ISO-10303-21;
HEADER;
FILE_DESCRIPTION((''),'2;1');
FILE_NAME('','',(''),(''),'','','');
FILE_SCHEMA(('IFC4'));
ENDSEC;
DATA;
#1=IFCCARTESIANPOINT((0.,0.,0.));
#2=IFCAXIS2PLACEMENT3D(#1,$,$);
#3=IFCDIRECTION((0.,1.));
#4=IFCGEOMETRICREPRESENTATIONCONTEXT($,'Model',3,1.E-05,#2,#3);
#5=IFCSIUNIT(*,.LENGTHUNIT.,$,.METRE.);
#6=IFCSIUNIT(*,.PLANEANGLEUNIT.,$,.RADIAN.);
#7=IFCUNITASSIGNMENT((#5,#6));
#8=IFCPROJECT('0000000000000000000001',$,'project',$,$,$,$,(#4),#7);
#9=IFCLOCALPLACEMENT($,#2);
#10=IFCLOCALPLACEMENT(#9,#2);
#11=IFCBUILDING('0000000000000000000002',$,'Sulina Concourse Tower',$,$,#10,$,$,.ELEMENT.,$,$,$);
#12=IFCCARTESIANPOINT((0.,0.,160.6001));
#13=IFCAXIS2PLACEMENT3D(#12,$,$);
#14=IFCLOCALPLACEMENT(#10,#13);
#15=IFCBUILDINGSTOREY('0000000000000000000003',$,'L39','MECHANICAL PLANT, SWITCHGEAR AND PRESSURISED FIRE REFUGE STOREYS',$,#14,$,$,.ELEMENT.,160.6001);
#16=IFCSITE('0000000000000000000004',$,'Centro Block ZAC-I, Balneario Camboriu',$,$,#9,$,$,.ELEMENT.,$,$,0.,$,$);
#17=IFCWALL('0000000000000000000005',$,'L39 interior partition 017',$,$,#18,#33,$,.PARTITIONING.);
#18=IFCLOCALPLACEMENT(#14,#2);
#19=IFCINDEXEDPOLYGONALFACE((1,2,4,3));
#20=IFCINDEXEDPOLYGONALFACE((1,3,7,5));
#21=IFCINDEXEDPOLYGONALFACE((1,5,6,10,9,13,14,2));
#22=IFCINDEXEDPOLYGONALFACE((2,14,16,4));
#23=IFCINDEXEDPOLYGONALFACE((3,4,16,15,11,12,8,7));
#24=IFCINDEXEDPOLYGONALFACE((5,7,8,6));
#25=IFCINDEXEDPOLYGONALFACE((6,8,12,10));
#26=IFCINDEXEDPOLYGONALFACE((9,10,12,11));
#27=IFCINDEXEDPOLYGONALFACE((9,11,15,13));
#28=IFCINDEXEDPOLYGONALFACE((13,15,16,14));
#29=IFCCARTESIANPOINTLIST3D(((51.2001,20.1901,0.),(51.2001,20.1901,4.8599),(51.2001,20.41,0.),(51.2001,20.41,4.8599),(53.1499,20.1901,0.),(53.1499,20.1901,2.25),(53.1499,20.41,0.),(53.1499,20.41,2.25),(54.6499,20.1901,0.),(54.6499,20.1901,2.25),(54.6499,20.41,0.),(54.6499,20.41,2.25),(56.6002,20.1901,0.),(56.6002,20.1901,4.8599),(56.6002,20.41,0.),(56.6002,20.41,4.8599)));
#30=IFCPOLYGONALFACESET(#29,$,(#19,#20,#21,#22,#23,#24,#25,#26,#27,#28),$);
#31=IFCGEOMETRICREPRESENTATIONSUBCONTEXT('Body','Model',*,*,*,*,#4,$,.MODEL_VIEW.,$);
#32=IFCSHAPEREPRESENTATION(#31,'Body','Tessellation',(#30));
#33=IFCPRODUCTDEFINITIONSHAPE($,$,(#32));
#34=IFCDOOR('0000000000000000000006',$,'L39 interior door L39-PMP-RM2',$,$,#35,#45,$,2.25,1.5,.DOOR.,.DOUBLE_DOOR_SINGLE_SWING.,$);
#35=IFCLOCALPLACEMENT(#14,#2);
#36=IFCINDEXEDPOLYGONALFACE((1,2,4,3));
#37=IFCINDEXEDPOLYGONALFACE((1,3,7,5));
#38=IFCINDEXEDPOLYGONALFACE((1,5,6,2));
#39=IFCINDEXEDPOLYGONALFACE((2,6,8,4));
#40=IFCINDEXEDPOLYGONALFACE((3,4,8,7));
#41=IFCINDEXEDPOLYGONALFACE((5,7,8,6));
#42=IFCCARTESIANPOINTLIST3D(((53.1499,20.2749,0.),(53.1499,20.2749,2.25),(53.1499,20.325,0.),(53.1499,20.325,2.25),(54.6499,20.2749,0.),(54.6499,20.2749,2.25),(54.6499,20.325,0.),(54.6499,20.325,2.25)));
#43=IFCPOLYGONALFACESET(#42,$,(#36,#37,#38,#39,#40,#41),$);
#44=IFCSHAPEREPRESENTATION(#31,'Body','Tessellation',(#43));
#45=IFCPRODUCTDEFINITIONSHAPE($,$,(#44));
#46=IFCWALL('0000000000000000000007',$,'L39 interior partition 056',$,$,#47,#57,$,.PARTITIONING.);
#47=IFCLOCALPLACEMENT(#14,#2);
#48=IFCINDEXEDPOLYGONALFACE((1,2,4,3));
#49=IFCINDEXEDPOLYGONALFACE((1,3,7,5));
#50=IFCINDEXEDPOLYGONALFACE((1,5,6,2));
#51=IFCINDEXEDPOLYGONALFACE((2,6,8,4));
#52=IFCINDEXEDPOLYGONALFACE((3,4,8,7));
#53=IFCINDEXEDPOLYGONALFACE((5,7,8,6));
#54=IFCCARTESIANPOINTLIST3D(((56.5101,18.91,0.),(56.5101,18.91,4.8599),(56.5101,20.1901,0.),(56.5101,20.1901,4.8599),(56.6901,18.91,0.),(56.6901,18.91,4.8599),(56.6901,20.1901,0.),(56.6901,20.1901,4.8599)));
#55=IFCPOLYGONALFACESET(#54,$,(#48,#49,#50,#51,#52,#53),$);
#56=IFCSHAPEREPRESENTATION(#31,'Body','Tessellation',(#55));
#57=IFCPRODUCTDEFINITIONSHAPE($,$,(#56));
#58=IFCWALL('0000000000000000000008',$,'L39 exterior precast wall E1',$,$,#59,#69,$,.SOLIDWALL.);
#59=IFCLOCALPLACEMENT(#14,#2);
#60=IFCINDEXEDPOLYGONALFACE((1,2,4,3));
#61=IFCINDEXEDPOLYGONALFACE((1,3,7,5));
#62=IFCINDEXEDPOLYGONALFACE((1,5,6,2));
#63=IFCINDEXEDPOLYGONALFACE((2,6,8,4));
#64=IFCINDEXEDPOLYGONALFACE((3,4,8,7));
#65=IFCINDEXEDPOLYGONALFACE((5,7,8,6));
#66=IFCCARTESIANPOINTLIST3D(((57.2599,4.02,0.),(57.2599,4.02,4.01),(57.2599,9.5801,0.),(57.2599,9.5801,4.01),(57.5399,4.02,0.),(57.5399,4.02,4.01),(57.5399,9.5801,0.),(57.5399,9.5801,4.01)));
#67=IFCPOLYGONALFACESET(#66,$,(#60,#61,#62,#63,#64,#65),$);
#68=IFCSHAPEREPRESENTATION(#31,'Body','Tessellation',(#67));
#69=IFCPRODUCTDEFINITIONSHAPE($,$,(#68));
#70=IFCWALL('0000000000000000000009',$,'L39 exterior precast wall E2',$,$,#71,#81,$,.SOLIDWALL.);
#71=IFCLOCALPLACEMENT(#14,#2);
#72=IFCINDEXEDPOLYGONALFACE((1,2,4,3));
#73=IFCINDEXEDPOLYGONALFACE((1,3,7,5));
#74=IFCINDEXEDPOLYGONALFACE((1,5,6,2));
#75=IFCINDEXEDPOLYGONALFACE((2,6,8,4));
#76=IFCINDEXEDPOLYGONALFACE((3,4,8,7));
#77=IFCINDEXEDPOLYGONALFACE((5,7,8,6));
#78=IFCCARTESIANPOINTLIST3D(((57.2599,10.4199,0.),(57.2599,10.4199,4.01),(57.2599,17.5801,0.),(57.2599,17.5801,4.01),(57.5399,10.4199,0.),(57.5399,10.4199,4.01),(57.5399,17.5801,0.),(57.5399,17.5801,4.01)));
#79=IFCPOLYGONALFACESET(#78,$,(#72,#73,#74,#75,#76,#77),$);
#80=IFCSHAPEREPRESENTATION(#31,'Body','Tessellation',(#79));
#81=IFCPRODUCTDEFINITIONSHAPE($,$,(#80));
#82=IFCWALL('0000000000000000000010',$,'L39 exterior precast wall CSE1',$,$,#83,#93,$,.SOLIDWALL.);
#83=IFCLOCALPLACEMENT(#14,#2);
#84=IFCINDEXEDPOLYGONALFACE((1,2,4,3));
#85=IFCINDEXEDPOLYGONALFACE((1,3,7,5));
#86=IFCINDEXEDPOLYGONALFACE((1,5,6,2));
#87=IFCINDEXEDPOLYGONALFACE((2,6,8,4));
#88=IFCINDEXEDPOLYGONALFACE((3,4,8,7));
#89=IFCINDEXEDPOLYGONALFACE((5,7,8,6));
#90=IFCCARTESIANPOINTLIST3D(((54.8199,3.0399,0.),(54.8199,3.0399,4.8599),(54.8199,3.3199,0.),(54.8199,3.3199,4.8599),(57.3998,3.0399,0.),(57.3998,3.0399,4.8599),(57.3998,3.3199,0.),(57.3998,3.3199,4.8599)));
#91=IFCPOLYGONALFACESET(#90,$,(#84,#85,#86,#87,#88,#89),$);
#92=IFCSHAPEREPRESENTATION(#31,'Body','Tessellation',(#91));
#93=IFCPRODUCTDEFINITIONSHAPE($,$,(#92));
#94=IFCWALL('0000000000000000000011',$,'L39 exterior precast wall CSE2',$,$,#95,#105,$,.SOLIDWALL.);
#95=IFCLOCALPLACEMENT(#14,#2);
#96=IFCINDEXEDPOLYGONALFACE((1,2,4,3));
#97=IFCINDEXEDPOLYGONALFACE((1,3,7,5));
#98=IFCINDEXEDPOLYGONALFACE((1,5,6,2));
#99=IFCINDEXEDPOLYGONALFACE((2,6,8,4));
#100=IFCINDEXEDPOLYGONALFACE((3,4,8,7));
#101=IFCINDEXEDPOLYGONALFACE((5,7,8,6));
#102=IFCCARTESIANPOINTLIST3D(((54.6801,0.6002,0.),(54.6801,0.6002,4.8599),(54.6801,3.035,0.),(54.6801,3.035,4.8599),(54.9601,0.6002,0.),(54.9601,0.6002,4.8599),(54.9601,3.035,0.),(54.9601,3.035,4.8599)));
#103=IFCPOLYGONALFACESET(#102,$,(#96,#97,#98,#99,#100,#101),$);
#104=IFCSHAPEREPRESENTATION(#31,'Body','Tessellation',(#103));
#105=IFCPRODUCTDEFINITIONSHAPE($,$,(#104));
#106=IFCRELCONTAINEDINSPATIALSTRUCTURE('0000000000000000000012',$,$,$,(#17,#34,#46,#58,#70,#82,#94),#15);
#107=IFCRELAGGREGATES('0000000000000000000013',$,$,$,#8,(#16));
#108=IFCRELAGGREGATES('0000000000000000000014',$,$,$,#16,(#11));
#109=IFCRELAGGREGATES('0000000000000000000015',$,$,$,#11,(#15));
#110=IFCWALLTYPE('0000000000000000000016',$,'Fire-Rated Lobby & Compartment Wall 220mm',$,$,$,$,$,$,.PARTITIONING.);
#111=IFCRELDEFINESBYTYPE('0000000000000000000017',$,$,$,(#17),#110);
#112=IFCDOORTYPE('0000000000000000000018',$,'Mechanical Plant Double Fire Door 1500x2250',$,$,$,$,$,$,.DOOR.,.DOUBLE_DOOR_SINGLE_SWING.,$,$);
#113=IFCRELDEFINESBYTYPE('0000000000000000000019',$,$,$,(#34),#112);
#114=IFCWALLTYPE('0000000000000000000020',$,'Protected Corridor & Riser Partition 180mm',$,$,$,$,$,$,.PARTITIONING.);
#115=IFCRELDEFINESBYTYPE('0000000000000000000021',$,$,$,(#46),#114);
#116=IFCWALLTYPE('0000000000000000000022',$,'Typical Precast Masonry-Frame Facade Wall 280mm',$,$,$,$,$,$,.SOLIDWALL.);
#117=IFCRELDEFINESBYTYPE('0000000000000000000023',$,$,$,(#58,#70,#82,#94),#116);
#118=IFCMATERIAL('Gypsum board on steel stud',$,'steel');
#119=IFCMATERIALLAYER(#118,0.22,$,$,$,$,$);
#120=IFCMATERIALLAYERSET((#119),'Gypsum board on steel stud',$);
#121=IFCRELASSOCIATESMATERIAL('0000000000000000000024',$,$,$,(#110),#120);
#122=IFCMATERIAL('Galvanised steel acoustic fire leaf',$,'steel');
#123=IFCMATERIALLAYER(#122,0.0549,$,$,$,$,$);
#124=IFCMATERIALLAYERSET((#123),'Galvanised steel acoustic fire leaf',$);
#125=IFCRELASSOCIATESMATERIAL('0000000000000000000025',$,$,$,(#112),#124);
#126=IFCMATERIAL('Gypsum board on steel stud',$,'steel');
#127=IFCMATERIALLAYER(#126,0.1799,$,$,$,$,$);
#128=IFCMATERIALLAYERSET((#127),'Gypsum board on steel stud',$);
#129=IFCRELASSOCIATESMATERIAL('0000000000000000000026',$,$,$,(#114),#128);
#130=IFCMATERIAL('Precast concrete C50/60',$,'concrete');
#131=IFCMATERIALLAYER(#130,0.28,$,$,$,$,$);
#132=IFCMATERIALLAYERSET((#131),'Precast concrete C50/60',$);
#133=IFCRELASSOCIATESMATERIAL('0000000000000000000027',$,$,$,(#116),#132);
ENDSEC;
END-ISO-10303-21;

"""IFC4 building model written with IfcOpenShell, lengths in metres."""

from ifc_helpers import new_model, si_unit, direction, frame, frame_2d, origin, place, context, subcontext, project, spatial, rectangle, extrude, material, layer, layer_set, type_object, element, fill, save


model = new_model("IFC4")

# Units and contexts
model_context = context("Model", 3, precision=1e-05, world=origin(), true_north=direction((0.0, 1.0)))
body_context = subcontext(model_context, "Body", "Model", "MODEL_VIEW")
ifc_project = project(units=[si_unit("LENGTHUNIT", "METRE"), si_unit("PLANEANGLEUNIT", "RADIAN")], contexts=[model_context])

# Site, building, storey
site_placement = place(None, origin())
site = spatial("IfcSite", under=ifc_project, at=site_placement, Name="Centro Block ZAC-I, Balneario Camboriu", CompositionType="ELEMENT", RefElevation=0.0)
building_placement = place(site_placement, origin())
building = spatial("IfcBuilding", under=site, at=building_placement, Name="Sulina Concourse Tower", CompositionType="ELEMENT")
storey_placement = place(building_placement, frame((0.0, 0.0, 160.6001)))
storey = spatial("IfcBuildingStorey", under=building, at=storey_placement, Name="L39", Description="MECHANICAL PLANT, SWITCHGEAR AND PRESSURISED FIRE REFUGE STOREYS", CompositionType="ELEMENT", Elevation=160.6001)

# Wall, opening, door
ifc_material_1 = material(Name="Gypsum board on steel stud", Category="steel")
ifc_layer_1 = layer(ifc_material_1, 0.22)
ifc_layer_set_1 = layer_set([ifc_layer_1], Name="Gypsum board on steel stud")
wall_type_1 = type_object("IfcWallType", Name="Fire-Rated Lobby & Compartment Wall 220mm", PredefinedType="PARTITIONING", material=ifc_layer_set_1)
ifc_material_2 = material(Name="Galvanised steel acoustic fire leaf", Category="steel")
ifc_layer_2 = layer(ifc_material_2, 0.0549)
ifc_layer_set_2 = layer_set([ifc_layer_2], Name="Galvanised steel acoustic fire leaf")
door_type = type_object("IfcDoorType", Name="Mechanical Plant Double Fire Door 1500x2250", OperationType="DOUBLE_DOOR_SINGLE_SWING", PredefinedType="DOOR", material=ifc_layer_set_2)
wall_1_placement = place(storey_placement, frame((51.2, 20.3, 0.0), z_axis=(0.0, 0.0, 1.0), x_axis=(1.0, 0.0, 0.0)))
wall_1 = element("IfcWall", 1, at=wall_1_placement, inside=storey, type_object=wall_type_1, Name="L39 interior partition 017", PredefinedType="PARTITIONING", context=body_context, shape_type="SweptSolid", body=[
    extrude(rectangle(XDim=5.4001, YDim=0.22, at=frame_2d((2.7002, 0.0))), origin(), (0.0, 0.0, 1.0), 4.8599),
])
opening_1_placement = place(wall_1_placement, frame((1.95, 0.0, 0.0)))
opening_1 = element("IfcOpeningElement", 2, at=opening_1_placement, cuts=wall_1, PredefinedType="OPENING", context=body_context, shape_type="SweptSolid", body=[
    extrude(rectangle(XDim=1.5, YDim=2.25, at=frame_2d((0.75, 1.125))), frame((0.0, 0.1199, 0.0), z_axis=(0.0, -1.0, 0.0), x_axis=(1.0, 0.0, 0.0)), (0.0, 0.0, 1.0), 0.24),
])
door_1_placement = place(opening_1_placement, origin())
door_1 = element("IfcDoor", 3, at=door_1_placement, inside=storey, type_object=door_type, Name="L39 interior door L39-PMP-RM2", OperationType="DOUBLE_DOOR_SINGLE_SWING", OverallHeight=2.25, OverallWidth=1.5, PredefinedType="DOOR", context=body_context, shape_type="SweptSolid", body=[
    extrude(rectangle(XDim=1.5, YDim=2.25, at=frame_2d((0.75, 1.125))), frame((0.0, 0.0249, 0.0), z_axis=(0.0, -1.0, 0.0), x_axis=(1.0, 0.0, 0.0)), (0.0, 0.0, 1.0), 0.05),
])
fill(opening_1, door_1)

# Walls
ifc_material_3 = material(Name="Gypsum board on steel stud", Category="steel")
ifc_layer_3 = layer(ifc_material_3, 0.1799)
ifc_layer_set_3 = layer_set([ifc_layer_3], Name="Gypsum board on steel stud")
wall_type_2 = type_object("IfcWallType", Name="Protected Corridor & Riser Partition 180mm", PredefinedType="PARTITIONING", material=ifc_layer_set_3)
wall_2_placement = place(storey_placement, frame((56.6001, 18.9099, 0.0), z_axis=(0.0, 0.0, 1.0), x_axis=(0.0, 1.0, 0.0)))
element("IfcWall", 4, at=wall_2_placement, inside=storey, type_object=wall_type_2, Name="L39 interior partition 056", PredefinedType="PARTITIONING", context=body_context, shape_type="SweptSolid", body=[
    extrude(rectangle(XDim=1.28, YDim=0.1799, at=frame_2d((0.6401, 0.0))), origin(), (0.0, 0.0, 1.0), 4.8599),
])
ifc_material_4 = material(Name="Precast concrete C50/60", Category="concrete")
ifc_layer_4 = layer(ifc_material_4, 0.28)
ifc_layer_set_4 = layer_set([ifc_layer_4], Name="Precast concrete C50/60")
wall_type_3 = type_object("IfcWallType", Name="Typical Precast Masonry-Frame Facade Wall 280mm", PredefinedType="SOLIDWALL", material=ifc_layer_set_4)
wall_3_placement = place(storey_placement, frame((57.3999, 9.5801, 0.0), z_axis=(0.0, 0.0, 1.0), x_axis=(0.0, -1.0, 0.0)))
element("IfcWall", 5, at=wall_3_placement, inside=storey, type_object=wall_type_3, Name="L39 exterior precast wall E1", PredefinedType="SOLIDWALL", context=body_context, shape_type="SweptSolid", body=[
    extrude(rectangle(XDim=5.5601, YDim=0.28, at=frame_2d((2.78, 0.0))), origin(), (0.0, 0.0, 1.0), 4.01),
])
wall_4_placement = place(storey_placement, frame((57.3999, 17.5801, 0.0), z_axis=(0.0, 0.0, 1.0), x_axis=(0.0, -1.0, 0.0)))
element("IfcWall", 6, at=wall_4_placement, inside=storey, type_object=wall_type_3, Name="L39 exterior precast wall E2", PredefinedType="SOLIDWALL", context=body_context, shape_type="SweptSolid", body=[
    extrude(rectangle(XDim=7.1602, YDim=0.28, at=frame_2d((3.5801, 0.0))), origin(), (0.0, 0.0, 1.0), 4.01),
])
wall_5_placement = place(storey_placement, frame((57.3999, 3.1799, 0.0), z_axis=(0.0, 0.0, 1.0), x_axis=(-1.0, 0.0, 0.0)))
element("IfcWall", 7, at=wall_5_placement, inside=storey, type_object=wall_type_3, Name="L39 exterior precast wall CSE1", PredefinedType="SOLIDWALL", context=body_context, shape_type="SweptSolid", body=[
    extrude(rectangle(XDim=2.5798, YDim=0.28, at=frame_2d((1.29, 0.0))), origin(), (0.0, 0.0, 1.0), 4.8599),
])
wall_6_placement = place(storey_placement, frame((54.8201, 3.0349, 0.0), z_axis=(0.0, 0.0, 1.0), x_axis=(0.0, -1.0, 0.0)))
element("IfcWall", 8, at=wall_6_placement, inside=storey, type_object=wall_type_3, Name="L39 exterior precast wall CSE2", PredefinedType="SOLIDWALL", context=body_context, shape_type="SweptSolid", body=[
    extrude(rectangle(XDim=2.4348, YDim=0.28, at=frame_2d((1.2173, 0.0))), origin(), (0.0, 0.0, 1.0), 4.8599),
])

save(model, "model.ifc")
